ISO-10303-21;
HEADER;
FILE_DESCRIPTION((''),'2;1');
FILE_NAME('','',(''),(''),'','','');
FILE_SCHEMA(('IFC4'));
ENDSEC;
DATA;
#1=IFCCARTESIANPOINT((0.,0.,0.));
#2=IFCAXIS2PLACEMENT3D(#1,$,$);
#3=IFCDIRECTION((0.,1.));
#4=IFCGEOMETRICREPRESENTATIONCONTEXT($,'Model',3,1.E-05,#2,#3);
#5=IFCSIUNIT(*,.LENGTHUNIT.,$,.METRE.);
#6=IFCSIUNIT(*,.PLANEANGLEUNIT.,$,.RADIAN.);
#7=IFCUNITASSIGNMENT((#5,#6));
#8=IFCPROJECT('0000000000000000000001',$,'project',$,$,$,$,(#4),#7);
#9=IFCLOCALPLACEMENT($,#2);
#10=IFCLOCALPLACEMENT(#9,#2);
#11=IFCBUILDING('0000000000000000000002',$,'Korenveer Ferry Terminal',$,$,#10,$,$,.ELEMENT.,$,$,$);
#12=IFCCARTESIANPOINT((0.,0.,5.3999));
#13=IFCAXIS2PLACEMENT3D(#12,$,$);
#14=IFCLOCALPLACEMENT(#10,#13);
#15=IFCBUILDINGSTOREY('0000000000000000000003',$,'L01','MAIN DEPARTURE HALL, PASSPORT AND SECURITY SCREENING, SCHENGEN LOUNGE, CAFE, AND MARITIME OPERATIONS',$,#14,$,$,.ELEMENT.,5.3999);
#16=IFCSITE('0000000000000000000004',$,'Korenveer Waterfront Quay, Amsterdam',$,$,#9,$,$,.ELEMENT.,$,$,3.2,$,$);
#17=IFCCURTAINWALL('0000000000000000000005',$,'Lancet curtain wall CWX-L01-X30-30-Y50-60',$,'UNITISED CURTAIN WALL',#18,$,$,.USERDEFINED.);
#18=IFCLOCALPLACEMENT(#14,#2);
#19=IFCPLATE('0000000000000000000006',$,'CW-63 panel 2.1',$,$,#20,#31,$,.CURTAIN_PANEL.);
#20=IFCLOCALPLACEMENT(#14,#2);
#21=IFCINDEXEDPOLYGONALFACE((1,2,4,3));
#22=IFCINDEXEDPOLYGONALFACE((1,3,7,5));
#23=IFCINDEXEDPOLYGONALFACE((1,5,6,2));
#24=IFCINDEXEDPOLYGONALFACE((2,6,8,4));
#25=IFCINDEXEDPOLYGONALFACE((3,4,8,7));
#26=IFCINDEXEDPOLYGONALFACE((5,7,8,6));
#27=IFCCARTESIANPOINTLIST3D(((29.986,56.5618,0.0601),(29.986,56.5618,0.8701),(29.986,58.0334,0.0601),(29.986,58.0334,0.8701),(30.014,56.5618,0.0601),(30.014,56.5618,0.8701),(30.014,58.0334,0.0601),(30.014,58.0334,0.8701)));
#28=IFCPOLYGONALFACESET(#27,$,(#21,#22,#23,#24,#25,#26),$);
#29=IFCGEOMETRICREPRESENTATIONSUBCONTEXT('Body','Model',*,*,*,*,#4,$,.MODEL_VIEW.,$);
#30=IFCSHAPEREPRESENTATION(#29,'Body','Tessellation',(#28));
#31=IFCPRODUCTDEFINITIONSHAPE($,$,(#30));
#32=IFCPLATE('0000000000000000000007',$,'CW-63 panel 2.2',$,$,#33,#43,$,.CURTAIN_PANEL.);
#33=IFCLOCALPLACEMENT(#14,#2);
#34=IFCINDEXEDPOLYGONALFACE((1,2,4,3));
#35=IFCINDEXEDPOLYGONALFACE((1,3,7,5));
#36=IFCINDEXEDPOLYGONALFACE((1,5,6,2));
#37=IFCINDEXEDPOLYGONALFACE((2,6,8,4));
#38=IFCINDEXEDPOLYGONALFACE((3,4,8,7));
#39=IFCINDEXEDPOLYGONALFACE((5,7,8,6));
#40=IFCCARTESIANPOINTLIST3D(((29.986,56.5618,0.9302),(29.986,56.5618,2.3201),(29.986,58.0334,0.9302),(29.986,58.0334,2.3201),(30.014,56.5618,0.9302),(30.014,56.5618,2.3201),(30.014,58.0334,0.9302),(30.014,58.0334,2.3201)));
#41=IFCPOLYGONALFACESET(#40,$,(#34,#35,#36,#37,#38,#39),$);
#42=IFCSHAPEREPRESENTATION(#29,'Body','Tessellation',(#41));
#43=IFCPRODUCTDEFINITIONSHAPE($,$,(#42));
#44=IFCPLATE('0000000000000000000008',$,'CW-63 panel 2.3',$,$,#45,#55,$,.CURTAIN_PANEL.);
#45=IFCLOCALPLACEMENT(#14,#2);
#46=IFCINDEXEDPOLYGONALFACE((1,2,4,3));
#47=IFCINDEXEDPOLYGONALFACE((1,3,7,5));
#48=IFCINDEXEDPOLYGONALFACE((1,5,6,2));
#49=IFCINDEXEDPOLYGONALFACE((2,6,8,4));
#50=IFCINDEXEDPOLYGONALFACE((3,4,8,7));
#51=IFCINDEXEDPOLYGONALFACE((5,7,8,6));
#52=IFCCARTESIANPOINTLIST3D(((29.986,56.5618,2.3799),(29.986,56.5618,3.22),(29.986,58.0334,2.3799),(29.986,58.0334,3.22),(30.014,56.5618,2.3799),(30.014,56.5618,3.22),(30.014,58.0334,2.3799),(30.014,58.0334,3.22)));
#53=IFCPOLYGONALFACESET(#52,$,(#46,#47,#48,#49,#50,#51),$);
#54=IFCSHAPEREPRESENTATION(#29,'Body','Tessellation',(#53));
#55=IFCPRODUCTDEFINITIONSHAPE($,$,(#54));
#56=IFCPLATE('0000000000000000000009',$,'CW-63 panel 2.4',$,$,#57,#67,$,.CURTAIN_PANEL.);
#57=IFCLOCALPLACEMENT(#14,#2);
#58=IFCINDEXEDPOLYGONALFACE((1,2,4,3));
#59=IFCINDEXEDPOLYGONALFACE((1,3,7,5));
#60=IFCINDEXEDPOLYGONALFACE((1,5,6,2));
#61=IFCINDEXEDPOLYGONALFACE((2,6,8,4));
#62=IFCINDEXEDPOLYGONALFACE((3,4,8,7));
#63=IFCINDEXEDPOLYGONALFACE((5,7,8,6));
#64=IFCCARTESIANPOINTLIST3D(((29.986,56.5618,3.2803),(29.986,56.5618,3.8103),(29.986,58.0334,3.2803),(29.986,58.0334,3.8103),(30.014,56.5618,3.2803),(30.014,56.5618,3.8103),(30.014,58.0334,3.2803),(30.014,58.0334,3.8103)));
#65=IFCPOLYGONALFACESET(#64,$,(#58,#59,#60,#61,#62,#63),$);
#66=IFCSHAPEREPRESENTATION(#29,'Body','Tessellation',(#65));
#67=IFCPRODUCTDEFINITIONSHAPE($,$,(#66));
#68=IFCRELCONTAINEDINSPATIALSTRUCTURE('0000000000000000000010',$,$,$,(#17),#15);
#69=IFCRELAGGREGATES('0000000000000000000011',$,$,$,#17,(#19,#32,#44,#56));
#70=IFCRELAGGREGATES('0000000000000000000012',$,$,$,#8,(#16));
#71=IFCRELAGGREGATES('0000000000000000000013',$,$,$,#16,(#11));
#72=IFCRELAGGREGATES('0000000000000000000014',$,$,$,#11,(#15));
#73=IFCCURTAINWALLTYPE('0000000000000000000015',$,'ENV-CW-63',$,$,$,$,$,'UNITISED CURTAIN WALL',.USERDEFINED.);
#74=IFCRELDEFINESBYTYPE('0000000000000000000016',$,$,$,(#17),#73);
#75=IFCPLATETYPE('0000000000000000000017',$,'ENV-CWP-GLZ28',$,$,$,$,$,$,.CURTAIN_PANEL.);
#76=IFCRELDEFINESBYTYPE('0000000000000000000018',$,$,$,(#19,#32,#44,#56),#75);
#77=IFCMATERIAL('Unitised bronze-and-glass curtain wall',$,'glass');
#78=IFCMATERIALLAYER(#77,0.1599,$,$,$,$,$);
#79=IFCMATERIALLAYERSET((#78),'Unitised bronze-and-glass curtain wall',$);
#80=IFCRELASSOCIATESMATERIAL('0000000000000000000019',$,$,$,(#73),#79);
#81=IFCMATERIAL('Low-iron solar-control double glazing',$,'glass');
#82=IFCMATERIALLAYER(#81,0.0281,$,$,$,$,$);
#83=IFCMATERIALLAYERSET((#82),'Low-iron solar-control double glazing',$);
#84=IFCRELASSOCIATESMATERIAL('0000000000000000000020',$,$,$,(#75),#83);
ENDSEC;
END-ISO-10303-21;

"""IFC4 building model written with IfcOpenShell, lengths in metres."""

from ifc_helpers import new_model, si_unit, direction, frame, origin, origin_2d, place, context, subcontext, project, spatial, rectangle, extrude, material, layer, layer_set, type_object, element, aggregate, save


model = new_model("IFC4")

# Units and contexts
model_context = context("Model", 3, precision=1e-05, world=origin(), true_north=direction((0.0, 1.0)))
body_context = subcontext(model_context, "Body", "Model", "MODEL_VIEW")
ifc_project = project(units=[si_unit("LENGTHUNIT", "METRE"), si_unit("PLANEANGLEUNIT", "RADIAN")], contexts=[model_context])

# Site, building, storey
site_placement = place(None, origin())
site = spatial("IfcSite", under=ifc_project, at=site_placement, Name="Korenveer Waterfront Quay, Amsterdam", CompositionType="ELEMENT", RefElevation=3.2)
building_placement = place(site_placement, origin())
building = spatial("IfcBuilding", under=site, at=building_placement, Name="Korenveer Ferry Terminal", CompositionType="ELEMENT")
storey_placement = place(building_placement, frame((0.0, 0.0, 5.3999)))
storey = spatial("IfcBuildingStorey", under=building, at=storey_placement, Name="L01", Description="MAIN DEPARTURE HALL, PASSPORT AND SECURITY SCREENING, SCHENGEN LOUNGE, CAFE, AND MARITIME OPERATIONS", CompositionType="ELEMENT", Elevation=5.3999)

# Curtain wall, plates
ifc_material_1 = material(Name="Unitised bronze-and-glass curtain wall", Category="glass")
ifc_layer_1 = layer(ifc_material_1, 0.1599)
ifc_layer_set_1 = layer_set([ifc_layer_1], Name="Unitised bronze-and-glass curtain wall")
curtain_wall_type = type_object("IfcCurtainWallType", Name="ENV-CW-63", ElementType="UNITISED CURTAIN WALL", PredefinedType="USERDEFINED", material=ifc_layer_set_1)
curtain_wall_placement = place(storey_placement, frame((30.0, 59.595, 0.0)))
curtain_wall = element("IfcCurtainWall", 1, at=curtain_wall_placement, inside=storey, type_object=curtain_wall_type, Name="Lancet curtain wall CWX-L01-X30-30-Y50-60", ObjectType="UNITISED CURTAIN WALL", PredefinedType="USERDEFINED")
ifc_material_2 = material(Name="Low-iron solar-control double glazing", Category="glass")
ifc_layer_2 = layer(ifc_material_2, 0.0281)
ifc_layer_set_2 = layer_set([ifc_layer_2], Name="Low-iron solar-control double glazing")
plate_type = type_object("IfcPlateType", Name="ENV-CWP-GLZ28", PredefinedType="CURTAIN_PANEL", material=ifc_layer_set_2)
plate_1_placement = place(storey_placement, frame((30.0, 57.2976, 0.0601), z_axis=(0.0, 0.0, 1.0), x_axis=(0.0, -1.0, 0.0)))
plate_1 = element("IfcPlate", 2, at=plate_1_placement, type_object=plate_type, Name="CW-63 panel 2.1", PredefinedType="CURTAIN_PANEL", context=body_context, shape_type="SweptSolid", body=[
    extrude(rectangle(XDim=1.4717, YDim=0.0281, at=origin_2d()), origin(), (0.0, 0.0, 1.0), 0.8101),
])
plate_2_placement = place(storey_placement, frame((30.0, 57.2976, 0.9302), z_axis=(0.0, 0.0, 1.0), x_axis=(0.0, -1.0, 0.0)))
plate_2 = element("IfcPlate", 3, at=plate_2_placement, type_object=plate_type, Name="CW-63 panel 2.2", PredefinedType="CURTAIN_PANEL", context=body_context, shape_type="SweptSolid", body=[
    extrude(rectangle(XDim=1.4717, YDim=0.0281, at=origin_2d()), origin(), (0.0, 0.0, 1.0), 1.3899),
])
plate_3_placement = place(storey_placement, frame((30.0, 57.2976, 2.3799), z_axis=(0.0, 0.0, 1.0), x_axis=(0.0, -1.0, 0.0)))
plate_3 = element("IfcPlate", 4, at=plate_3_placement, type_object=plate_type, Name="CW-63 panel 2.3", PredefinedType="CURTAIN_PANEL", context=body_context, shape_type="SweptSolid", body=[
    extrude(rectangle(XDim=1.4717, YDim=0.0281, at=origin_2d()), origin(), (0.0, 0.0, 1.0), 0.8401),
])
plate_4_placement = place(storey_placement, frame((30.0, 57.2976, 3.2803), z_axis=(0.0, 0.0, 1.0), x_axis=(0.0, -1.0, 0.0)))
plate_4 = element("IfcPlate", 5, at=plate_4_placement, type_object=plate_type, Name="CW-63 panel 2.4", PredefinedType="CURTAIN_PANEL", context=body_context, shape_type="SweptSolid", body=[
    extrude(rectangle(XDim=1.4717, YDim=0.0281, at=origin_2d()), origin(), (0.0, 0.0, 1.0), 0.53),
])
aggregate(curtain_wall, [plate_1, plate_2, plate_3, plate_4])

save(model, "model.ifc")
